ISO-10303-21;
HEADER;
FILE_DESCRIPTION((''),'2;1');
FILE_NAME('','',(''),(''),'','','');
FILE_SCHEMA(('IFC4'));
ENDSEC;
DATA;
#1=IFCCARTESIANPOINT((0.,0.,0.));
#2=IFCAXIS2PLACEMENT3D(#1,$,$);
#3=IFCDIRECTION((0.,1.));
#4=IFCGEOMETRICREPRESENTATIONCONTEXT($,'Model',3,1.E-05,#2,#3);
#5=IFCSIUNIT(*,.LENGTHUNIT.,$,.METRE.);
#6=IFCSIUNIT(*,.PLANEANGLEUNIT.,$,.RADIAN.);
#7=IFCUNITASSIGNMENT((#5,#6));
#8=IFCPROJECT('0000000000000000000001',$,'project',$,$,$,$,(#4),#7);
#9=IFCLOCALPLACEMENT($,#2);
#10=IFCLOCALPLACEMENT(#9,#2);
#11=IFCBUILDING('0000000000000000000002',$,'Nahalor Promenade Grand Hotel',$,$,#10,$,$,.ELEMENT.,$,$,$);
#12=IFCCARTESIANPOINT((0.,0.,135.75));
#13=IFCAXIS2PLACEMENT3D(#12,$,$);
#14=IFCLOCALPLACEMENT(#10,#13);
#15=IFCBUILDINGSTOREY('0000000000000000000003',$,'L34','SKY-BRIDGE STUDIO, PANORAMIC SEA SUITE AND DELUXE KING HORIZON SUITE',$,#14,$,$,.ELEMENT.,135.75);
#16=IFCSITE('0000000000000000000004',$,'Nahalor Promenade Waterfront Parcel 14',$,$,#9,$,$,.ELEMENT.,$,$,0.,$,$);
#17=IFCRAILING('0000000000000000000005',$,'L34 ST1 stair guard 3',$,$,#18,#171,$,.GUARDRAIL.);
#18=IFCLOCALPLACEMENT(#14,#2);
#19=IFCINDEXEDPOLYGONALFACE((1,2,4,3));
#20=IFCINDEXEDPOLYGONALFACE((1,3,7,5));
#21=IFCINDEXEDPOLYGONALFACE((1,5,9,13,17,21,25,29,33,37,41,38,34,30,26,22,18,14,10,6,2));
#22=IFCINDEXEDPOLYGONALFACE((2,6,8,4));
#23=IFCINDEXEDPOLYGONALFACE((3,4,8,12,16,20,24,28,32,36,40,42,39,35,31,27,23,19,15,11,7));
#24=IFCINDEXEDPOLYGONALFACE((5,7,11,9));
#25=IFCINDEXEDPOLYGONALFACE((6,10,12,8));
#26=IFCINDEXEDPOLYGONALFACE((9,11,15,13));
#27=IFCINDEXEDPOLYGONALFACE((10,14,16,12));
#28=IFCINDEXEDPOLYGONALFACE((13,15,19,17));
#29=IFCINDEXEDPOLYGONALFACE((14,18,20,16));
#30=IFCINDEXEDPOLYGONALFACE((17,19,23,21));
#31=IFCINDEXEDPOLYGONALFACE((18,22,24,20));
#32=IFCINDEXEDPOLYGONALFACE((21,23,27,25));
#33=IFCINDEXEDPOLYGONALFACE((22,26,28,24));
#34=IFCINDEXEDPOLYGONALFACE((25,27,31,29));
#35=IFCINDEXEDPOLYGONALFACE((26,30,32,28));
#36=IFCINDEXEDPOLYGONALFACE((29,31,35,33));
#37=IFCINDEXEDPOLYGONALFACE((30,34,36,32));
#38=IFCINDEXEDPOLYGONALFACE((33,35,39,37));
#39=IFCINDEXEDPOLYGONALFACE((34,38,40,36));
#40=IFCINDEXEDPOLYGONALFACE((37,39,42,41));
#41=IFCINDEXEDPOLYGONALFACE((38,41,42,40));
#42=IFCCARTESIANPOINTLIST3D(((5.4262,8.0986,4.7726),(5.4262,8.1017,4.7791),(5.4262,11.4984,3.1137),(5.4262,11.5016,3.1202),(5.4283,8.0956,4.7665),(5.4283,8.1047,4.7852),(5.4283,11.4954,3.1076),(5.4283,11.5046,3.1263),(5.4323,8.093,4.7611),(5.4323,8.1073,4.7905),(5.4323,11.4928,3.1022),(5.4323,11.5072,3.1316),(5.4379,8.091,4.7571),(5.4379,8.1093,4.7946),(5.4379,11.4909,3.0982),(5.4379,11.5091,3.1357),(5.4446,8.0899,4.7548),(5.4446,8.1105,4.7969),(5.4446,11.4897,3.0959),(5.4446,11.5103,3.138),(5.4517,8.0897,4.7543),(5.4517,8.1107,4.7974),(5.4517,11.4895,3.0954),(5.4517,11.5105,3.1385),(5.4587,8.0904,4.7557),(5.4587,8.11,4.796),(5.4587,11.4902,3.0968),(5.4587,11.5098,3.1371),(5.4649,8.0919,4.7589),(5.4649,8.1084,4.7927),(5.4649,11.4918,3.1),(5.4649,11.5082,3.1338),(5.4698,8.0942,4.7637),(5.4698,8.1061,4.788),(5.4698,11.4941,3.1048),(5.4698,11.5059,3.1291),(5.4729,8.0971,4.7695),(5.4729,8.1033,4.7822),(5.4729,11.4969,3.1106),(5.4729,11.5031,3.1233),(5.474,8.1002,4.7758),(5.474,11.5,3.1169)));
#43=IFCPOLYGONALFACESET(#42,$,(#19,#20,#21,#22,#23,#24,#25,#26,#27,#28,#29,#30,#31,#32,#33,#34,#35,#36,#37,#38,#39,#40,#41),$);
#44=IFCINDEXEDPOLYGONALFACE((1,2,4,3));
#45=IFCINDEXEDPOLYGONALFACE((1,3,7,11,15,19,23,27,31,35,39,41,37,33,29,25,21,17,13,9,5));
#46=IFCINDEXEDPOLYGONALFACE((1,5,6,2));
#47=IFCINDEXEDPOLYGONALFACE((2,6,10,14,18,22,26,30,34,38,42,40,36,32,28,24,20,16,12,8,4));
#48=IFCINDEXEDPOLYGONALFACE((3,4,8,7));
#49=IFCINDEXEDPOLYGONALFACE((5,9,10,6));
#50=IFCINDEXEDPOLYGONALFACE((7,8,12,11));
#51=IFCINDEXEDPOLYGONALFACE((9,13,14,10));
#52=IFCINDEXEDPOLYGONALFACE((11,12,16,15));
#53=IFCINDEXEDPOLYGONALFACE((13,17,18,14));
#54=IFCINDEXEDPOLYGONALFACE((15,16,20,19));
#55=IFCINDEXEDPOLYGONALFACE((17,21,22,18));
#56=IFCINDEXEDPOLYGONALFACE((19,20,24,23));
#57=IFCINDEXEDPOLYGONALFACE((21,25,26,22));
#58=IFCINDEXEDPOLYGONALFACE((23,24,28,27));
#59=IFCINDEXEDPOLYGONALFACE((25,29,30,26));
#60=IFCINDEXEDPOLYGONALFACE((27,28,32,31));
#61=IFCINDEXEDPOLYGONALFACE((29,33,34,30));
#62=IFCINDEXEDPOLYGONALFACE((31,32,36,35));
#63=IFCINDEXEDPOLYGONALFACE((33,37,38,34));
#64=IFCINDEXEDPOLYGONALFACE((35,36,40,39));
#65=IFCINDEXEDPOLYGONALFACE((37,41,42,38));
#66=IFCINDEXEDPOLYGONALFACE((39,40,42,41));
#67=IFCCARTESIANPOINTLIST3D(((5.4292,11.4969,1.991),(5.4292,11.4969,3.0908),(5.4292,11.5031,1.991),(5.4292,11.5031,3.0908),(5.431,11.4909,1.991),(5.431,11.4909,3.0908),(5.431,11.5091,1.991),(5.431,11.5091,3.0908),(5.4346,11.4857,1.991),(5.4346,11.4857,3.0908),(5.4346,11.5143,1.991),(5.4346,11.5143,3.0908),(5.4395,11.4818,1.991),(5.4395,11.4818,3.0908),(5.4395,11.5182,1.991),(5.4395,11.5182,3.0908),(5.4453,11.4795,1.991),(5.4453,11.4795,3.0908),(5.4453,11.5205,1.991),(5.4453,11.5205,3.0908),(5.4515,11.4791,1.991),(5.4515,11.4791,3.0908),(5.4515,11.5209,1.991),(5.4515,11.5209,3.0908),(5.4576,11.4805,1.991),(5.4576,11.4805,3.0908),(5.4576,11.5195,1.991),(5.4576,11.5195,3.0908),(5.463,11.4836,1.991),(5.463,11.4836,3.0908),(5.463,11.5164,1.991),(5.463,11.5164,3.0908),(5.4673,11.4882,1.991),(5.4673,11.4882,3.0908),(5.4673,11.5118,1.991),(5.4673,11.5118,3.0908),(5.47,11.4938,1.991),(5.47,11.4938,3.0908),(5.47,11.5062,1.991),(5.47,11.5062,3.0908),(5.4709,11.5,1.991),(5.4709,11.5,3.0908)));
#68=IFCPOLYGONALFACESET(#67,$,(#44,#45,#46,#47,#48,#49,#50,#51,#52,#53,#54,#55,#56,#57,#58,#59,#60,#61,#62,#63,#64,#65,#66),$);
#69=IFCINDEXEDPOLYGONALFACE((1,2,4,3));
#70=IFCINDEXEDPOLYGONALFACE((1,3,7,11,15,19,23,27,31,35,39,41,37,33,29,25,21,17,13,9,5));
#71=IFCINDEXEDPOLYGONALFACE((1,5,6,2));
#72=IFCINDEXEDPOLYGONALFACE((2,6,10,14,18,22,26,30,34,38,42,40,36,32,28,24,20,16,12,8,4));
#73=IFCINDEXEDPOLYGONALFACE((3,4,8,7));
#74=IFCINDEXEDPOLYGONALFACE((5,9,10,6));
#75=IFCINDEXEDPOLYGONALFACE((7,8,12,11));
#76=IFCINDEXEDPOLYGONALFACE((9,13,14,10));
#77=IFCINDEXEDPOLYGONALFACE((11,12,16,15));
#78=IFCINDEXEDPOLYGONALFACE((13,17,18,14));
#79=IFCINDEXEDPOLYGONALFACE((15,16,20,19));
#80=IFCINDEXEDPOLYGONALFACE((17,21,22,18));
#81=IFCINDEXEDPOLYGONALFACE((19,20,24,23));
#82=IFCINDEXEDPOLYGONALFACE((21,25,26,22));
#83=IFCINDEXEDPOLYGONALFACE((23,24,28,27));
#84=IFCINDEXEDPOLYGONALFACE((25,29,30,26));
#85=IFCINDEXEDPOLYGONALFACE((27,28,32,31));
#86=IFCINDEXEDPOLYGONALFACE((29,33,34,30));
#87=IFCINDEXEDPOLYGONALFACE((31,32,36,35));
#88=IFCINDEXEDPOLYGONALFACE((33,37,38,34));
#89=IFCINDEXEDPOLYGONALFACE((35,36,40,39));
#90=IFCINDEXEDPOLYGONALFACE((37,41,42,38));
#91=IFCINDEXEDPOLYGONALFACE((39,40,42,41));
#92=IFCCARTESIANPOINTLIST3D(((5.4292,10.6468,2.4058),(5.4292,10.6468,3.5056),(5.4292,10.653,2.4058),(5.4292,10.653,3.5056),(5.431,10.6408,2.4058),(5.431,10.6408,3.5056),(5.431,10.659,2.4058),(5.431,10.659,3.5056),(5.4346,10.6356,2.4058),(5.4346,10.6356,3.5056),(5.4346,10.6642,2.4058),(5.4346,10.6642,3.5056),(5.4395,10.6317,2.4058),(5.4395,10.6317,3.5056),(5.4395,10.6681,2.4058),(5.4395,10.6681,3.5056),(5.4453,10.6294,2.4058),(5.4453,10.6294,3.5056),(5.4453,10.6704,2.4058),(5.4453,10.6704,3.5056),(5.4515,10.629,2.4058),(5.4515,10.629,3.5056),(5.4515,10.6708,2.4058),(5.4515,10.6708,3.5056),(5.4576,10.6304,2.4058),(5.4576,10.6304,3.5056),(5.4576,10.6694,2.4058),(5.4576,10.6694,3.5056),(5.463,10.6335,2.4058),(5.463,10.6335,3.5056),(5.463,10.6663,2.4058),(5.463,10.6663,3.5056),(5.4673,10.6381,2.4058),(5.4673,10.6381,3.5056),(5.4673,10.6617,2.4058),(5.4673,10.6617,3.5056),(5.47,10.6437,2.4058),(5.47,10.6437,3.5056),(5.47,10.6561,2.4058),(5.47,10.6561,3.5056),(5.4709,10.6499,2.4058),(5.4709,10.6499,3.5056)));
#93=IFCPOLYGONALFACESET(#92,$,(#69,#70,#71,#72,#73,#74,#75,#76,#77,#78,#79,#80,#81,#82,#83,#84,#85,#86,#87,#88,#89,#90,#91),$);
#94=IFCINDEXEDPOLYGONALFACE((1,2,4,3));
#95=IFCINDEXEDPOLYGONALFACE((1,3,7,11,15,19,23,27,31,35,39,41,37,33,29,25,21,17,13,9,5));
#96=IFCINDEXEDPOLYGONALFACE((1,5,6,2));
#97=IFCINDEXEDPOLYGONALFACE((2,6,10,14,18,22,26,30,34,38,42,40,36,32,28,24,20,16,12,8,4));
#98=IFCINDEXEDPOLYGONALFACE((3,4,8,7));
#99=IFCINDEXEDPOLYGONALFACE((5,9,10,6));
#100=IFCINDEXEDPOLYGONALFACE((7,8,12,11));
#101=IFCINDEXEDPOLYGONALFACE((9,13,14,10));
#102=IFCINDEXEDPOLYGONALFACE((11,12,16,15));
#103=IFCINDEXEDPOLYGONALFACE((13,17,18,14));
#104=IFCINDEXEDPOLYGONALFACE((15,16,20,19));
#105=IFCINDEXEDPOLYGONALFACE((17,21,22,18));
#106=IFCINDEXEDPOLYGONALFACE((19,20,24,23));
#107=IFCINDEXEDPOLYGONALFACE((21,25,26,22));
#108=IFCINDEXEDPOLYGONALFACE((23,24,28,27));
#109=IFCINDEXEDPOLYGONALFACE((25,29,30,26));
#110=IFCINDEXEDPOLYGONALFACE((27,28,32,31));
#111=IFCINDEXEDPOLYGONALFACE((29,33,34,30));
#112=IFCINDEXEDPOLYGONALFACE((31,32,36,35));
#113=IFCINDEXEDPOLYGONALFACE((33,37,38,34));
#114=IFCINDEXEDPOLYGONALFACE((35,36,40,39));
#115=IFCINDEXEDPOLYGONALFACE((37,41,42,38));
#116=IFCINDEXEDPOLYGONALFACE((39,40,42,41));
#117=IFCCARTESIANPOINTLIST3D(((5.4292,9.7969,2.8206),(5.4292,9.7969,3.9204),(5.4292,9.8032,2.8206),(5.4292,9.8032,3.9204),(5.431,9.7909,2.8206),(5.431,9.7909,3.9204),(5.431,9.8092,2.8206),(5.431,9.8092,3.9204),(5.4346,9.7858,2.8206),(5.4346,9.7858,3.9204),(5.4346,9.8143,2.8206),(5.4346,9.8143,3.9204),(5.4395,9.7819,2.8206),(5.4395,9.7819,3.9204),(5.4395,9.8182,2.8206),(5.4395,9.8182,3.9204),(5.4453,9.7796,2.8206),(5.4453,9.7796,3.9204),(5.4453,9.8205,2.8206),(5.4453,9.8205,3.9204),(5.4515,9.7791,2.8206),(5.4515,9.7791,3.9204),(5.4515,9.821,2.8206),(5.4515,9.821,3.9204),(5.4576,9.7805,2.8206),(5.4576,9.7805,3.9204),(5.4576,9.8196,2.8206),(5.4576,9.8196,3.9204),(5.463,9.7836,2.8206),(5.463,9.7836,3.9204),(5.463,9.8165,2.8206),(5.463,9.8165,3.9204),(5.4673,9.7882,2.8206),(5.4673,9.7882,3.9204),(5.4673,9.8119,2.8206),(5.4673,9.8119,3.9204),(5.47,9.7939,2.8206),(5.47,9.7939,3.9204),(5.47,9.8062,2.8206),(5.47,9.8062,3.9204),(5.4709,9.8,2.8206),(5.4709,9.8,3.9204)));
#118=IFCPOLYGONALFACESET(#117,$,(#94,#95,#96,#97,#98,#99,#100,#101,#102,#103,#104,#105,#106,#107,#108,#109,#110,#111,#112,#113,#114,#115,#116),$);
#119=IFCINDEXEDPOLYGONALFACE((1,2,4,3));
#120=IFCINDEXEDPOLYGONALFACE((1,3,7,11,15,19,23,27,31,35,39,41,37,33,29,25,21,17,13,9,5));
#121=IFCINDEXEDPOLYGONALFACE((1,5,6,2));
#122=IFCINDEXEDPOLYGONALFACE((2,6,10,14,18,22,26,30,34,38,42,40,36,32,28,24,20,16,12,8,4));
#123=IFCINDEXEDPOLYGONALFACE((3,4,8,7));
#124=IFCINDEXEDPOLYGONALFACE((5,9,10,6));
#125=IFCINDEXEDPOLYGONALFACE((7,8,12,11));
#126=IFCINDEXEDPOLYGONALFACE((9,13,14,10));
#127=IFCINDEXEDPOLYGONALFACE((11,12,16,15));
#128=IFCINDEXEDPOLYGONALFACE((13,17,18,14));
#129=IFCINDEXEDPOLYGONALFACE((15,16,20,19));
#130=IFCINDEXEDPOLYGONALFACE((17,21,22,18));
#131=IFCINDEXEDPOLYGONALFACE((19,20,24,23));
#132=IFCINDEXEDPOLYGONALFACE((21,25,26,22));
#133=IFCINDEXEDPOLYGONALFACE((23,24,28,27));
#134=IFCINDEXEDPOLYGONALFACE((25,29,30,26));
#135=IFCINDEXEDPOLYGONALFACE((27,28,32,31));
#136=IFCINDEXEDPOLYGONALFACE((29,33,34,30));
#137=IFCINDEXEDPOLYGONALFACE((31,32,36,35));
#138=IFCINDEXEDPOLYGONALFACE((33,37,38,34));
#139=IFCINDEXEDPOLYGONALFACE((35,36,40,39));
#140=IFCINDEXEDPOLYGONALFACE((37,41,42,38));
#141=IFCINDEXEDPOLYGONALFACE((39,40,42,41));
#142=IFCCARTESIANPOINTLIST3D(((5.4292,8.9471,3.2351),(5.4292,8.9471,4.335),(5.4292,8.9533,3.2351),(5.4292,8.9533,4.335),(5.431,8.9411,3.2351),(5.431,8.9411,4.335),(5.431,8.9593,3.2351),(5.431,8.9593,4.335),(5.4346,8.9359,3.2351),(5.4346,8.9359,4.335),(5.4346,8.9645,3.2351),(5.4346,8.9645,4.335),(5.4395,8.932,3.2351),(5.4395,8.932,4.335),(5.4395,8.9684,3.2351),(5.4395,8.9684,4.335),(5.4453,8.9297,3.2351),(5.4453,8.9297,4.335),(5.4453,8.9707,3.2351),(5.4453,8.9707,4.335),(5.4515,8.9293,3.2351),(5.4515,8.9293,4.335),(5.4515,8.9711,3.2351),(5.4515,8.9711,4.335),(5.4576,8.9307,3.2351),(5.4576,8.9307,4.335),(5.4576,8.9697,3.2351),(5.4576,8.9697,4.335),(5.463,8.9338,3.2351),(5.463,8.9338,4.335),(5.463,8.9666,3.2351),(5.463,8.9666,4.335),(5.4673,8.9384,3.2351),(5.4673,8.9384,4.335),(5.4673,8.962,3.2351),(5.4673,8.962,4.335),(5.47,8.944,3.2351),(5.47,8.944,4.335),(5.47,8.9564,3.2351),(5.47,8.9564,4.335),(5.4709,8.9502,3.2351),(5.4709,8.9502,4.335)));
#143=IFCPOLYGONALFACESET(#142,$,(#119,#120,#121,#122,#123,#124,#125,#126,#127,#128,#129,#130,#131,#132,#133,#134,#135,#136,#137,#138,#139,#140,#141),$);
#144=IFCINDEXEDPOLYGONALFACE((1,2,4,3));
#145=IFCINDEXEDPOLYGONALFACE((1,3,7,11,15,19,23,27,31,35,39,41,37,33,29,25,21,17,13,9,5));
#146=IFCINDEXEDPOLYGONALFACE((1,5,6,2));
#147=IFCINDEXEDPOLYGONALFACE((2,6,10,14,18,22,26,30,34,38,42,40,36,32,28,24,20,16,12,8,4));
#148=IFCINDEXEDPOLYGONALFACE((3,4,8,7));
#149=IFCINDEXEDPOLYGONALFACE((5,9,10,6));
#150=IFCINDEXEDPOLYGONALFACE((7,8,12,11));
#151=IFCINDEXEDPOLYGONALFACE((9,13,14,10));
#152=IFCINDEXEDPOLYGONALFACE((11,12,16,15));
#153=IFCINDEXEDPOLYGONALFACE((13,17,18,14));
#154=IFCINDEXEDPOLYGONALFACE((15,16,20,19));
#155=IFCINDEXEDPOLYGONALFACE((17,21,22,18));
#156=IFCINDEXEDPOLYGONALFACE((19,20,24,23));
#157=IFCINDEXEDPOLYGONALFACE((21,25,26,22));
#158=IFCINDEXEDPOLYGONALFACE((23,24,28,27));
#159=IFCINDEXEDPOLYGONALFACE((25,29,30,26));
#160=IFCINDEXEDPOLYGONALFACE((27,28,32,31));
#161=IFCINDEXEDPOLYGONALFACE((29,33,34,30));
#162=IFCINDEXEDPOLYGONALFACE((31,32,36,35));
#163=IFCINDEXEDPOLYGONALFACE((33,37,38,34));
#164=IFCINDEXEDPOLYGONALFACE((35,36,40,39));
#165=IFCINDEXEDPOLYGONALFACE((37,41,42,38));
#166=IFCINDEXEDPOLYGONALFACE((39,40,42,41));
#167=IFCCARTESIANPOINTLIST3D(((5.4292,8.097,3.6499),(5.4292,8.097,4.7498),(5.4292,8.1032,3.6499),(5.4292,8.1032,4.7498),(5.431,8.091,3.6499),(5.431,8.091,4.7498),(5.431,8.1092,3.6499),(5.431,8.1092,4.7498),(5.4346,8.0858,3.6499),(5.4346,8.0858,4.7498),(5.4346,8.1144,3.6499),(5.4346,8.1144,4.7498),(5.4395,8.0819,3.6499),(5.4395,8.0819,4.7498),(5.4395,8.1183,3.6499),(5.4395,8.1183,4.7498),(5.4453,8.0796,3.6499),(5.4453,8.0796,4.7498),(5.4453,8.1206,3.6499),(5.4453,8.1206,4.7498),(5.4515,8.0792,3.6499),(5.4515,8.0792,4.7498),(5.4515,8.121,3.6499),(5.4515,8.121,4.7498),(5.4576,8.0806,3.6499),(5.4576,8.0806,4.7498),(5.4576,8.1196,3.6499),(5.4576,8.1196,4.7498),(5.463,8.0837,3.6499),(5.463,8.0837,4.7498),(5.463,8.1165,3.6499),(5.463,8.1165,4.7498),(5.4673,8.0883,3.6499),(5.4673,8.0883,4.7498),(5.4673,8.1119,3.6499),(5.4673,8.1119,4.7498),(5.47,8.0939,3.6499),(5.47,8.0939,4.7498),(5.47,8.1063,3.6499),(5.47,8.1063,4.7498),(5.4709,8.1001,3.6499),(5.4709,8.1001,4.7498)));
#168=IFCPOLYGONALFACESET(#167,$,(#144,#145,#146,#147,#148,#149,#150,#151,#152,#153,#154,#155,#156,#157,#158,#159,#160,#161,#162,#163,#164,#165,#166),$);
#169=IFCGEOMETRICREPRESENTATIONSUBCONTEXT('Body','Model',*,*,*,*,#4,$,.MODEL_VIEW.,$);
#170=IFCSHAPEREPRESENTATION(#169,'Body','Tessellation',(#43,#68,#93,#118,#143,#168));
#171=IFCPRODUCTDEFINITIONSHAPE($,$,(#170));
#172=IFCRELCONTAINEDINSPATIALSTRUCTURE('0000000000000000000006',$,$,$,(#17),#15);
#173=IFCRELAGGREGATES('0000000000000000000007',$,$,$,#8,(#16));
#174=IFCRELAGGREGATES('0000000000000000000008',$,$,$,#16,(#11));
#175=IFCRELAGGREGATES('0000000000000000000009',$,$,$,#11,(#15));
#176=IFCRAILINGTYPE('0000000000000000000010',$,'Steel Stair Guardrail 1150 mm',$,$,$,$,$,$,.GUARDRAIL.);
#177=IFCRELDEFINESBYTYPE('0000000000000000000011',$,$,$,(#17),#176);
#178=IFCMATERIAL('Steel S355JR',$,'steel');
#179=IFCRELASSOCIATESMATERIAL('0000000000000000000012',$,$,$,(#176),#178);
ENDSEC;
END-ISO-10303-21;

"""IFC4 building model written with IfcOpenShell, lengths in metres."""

from ifc_helpers import new_model, si_unit, direction, frame, origin, origin_2d, place, context, subcontext, project, spatial, circle, extrude, material, type_object, element, save


model = new_model("IFC4")

# Units and contexts
model_context = context("Model", 3, precision=1e-05, world=origin(), true_north=direction((0.0, 1.0)))
body_context = subcontext(model_context, "Body", "Model", "MODEL_VIEW")
ifc_project = project(units=[si_unit("LENGTHUNIT", "METRE"), si_unit("PLANEANGLEUNIT", "RADIAN")], contexts=[model_context])

# Site, building, storey
site_placement = place(None, origin())
site = spatial("IfcSite", under=ifc_project, at=site_placement, Name="Nahalor Promenade Waterfront Parcel 14", CompositionType="ELEMENT", RefElevation=0.0)
building_placement = place(site_placement, origin())
building = spatial("IfcBuilding", under=site, at=building_placement, Name="Nahalor Promenade Grand Hotel", CompositionType="ELEMENT")
storey_placement = place(building_placement, frame((0.0, 0.0, 135.75)))
storey = spatial("IfcBuildingStorey", under=building, at=storey_placement, Name="L34", Description="SKY-BRIDGE STUDIO, PANORAMIC SEA SUITE AND DELUXE KING HORIZON SUITE", CompositionType="ELEMENT", Elevation=135.75)

# Shared definitions
ifc_material_1 = material(Name="Steel S355JR", Category="steel")

# Railing
railing_type_1 = type_object("IfcRailingType", Name="Steel Stair Guardrail 1150 mm", PredefinedType="GUARDRAIL", material=ifc_material_1)
railing_1_placement = place(storey_placement, frame((5.45, 11.5, 1.991)))
element("IfcRailing", 1, at=railing_1_placement, inside=storey, type_object=railing_type_1, Name="L34 ST1 stair guard 3", PredefinedType="GUARDRAIL", context=body_context, shape_type="SweptSolid", body=[
    extrude(circle(Radius=0.024, at=origin_2d()), frame((0.0, 0.0, 1.126), z_axis=(0.0, -0.898722, 0.438519), x_axis=(1.0, 0.0, 0.0)), (0.0, 0.0, 1.0), 3.783),
    extrude(circle(Radius=0.021, at=origin_2d()), origin(), (0.0, 0.0, 1.0), 1.0999),
    extrude(circle(Radius=0.021, at=origin_2d()), frame((0.0, -0.8501, 0.4148)), (0.0, 0.0, 1.0), 1.0999),
    extrude(circle(Radius=0.021, at=origin_2d()), frame((0.0, -1.7, 0.8296)), (0.0, 0.0, 1.0), 1.0999),
    extrude(circle(Radius=0.021, at=origin_2d()), frame((0.0, -2.5498, 1.2441)), (0.0, 0.0, 1.0), 1.0999),
    extrude(circle(Radius=0.021, at=origin_2d()), frame((0.0, -3.3999, 1.6589)), (0.0, 0.0, 1.0), 1.0999),
])

save(model, "model.ifc")
